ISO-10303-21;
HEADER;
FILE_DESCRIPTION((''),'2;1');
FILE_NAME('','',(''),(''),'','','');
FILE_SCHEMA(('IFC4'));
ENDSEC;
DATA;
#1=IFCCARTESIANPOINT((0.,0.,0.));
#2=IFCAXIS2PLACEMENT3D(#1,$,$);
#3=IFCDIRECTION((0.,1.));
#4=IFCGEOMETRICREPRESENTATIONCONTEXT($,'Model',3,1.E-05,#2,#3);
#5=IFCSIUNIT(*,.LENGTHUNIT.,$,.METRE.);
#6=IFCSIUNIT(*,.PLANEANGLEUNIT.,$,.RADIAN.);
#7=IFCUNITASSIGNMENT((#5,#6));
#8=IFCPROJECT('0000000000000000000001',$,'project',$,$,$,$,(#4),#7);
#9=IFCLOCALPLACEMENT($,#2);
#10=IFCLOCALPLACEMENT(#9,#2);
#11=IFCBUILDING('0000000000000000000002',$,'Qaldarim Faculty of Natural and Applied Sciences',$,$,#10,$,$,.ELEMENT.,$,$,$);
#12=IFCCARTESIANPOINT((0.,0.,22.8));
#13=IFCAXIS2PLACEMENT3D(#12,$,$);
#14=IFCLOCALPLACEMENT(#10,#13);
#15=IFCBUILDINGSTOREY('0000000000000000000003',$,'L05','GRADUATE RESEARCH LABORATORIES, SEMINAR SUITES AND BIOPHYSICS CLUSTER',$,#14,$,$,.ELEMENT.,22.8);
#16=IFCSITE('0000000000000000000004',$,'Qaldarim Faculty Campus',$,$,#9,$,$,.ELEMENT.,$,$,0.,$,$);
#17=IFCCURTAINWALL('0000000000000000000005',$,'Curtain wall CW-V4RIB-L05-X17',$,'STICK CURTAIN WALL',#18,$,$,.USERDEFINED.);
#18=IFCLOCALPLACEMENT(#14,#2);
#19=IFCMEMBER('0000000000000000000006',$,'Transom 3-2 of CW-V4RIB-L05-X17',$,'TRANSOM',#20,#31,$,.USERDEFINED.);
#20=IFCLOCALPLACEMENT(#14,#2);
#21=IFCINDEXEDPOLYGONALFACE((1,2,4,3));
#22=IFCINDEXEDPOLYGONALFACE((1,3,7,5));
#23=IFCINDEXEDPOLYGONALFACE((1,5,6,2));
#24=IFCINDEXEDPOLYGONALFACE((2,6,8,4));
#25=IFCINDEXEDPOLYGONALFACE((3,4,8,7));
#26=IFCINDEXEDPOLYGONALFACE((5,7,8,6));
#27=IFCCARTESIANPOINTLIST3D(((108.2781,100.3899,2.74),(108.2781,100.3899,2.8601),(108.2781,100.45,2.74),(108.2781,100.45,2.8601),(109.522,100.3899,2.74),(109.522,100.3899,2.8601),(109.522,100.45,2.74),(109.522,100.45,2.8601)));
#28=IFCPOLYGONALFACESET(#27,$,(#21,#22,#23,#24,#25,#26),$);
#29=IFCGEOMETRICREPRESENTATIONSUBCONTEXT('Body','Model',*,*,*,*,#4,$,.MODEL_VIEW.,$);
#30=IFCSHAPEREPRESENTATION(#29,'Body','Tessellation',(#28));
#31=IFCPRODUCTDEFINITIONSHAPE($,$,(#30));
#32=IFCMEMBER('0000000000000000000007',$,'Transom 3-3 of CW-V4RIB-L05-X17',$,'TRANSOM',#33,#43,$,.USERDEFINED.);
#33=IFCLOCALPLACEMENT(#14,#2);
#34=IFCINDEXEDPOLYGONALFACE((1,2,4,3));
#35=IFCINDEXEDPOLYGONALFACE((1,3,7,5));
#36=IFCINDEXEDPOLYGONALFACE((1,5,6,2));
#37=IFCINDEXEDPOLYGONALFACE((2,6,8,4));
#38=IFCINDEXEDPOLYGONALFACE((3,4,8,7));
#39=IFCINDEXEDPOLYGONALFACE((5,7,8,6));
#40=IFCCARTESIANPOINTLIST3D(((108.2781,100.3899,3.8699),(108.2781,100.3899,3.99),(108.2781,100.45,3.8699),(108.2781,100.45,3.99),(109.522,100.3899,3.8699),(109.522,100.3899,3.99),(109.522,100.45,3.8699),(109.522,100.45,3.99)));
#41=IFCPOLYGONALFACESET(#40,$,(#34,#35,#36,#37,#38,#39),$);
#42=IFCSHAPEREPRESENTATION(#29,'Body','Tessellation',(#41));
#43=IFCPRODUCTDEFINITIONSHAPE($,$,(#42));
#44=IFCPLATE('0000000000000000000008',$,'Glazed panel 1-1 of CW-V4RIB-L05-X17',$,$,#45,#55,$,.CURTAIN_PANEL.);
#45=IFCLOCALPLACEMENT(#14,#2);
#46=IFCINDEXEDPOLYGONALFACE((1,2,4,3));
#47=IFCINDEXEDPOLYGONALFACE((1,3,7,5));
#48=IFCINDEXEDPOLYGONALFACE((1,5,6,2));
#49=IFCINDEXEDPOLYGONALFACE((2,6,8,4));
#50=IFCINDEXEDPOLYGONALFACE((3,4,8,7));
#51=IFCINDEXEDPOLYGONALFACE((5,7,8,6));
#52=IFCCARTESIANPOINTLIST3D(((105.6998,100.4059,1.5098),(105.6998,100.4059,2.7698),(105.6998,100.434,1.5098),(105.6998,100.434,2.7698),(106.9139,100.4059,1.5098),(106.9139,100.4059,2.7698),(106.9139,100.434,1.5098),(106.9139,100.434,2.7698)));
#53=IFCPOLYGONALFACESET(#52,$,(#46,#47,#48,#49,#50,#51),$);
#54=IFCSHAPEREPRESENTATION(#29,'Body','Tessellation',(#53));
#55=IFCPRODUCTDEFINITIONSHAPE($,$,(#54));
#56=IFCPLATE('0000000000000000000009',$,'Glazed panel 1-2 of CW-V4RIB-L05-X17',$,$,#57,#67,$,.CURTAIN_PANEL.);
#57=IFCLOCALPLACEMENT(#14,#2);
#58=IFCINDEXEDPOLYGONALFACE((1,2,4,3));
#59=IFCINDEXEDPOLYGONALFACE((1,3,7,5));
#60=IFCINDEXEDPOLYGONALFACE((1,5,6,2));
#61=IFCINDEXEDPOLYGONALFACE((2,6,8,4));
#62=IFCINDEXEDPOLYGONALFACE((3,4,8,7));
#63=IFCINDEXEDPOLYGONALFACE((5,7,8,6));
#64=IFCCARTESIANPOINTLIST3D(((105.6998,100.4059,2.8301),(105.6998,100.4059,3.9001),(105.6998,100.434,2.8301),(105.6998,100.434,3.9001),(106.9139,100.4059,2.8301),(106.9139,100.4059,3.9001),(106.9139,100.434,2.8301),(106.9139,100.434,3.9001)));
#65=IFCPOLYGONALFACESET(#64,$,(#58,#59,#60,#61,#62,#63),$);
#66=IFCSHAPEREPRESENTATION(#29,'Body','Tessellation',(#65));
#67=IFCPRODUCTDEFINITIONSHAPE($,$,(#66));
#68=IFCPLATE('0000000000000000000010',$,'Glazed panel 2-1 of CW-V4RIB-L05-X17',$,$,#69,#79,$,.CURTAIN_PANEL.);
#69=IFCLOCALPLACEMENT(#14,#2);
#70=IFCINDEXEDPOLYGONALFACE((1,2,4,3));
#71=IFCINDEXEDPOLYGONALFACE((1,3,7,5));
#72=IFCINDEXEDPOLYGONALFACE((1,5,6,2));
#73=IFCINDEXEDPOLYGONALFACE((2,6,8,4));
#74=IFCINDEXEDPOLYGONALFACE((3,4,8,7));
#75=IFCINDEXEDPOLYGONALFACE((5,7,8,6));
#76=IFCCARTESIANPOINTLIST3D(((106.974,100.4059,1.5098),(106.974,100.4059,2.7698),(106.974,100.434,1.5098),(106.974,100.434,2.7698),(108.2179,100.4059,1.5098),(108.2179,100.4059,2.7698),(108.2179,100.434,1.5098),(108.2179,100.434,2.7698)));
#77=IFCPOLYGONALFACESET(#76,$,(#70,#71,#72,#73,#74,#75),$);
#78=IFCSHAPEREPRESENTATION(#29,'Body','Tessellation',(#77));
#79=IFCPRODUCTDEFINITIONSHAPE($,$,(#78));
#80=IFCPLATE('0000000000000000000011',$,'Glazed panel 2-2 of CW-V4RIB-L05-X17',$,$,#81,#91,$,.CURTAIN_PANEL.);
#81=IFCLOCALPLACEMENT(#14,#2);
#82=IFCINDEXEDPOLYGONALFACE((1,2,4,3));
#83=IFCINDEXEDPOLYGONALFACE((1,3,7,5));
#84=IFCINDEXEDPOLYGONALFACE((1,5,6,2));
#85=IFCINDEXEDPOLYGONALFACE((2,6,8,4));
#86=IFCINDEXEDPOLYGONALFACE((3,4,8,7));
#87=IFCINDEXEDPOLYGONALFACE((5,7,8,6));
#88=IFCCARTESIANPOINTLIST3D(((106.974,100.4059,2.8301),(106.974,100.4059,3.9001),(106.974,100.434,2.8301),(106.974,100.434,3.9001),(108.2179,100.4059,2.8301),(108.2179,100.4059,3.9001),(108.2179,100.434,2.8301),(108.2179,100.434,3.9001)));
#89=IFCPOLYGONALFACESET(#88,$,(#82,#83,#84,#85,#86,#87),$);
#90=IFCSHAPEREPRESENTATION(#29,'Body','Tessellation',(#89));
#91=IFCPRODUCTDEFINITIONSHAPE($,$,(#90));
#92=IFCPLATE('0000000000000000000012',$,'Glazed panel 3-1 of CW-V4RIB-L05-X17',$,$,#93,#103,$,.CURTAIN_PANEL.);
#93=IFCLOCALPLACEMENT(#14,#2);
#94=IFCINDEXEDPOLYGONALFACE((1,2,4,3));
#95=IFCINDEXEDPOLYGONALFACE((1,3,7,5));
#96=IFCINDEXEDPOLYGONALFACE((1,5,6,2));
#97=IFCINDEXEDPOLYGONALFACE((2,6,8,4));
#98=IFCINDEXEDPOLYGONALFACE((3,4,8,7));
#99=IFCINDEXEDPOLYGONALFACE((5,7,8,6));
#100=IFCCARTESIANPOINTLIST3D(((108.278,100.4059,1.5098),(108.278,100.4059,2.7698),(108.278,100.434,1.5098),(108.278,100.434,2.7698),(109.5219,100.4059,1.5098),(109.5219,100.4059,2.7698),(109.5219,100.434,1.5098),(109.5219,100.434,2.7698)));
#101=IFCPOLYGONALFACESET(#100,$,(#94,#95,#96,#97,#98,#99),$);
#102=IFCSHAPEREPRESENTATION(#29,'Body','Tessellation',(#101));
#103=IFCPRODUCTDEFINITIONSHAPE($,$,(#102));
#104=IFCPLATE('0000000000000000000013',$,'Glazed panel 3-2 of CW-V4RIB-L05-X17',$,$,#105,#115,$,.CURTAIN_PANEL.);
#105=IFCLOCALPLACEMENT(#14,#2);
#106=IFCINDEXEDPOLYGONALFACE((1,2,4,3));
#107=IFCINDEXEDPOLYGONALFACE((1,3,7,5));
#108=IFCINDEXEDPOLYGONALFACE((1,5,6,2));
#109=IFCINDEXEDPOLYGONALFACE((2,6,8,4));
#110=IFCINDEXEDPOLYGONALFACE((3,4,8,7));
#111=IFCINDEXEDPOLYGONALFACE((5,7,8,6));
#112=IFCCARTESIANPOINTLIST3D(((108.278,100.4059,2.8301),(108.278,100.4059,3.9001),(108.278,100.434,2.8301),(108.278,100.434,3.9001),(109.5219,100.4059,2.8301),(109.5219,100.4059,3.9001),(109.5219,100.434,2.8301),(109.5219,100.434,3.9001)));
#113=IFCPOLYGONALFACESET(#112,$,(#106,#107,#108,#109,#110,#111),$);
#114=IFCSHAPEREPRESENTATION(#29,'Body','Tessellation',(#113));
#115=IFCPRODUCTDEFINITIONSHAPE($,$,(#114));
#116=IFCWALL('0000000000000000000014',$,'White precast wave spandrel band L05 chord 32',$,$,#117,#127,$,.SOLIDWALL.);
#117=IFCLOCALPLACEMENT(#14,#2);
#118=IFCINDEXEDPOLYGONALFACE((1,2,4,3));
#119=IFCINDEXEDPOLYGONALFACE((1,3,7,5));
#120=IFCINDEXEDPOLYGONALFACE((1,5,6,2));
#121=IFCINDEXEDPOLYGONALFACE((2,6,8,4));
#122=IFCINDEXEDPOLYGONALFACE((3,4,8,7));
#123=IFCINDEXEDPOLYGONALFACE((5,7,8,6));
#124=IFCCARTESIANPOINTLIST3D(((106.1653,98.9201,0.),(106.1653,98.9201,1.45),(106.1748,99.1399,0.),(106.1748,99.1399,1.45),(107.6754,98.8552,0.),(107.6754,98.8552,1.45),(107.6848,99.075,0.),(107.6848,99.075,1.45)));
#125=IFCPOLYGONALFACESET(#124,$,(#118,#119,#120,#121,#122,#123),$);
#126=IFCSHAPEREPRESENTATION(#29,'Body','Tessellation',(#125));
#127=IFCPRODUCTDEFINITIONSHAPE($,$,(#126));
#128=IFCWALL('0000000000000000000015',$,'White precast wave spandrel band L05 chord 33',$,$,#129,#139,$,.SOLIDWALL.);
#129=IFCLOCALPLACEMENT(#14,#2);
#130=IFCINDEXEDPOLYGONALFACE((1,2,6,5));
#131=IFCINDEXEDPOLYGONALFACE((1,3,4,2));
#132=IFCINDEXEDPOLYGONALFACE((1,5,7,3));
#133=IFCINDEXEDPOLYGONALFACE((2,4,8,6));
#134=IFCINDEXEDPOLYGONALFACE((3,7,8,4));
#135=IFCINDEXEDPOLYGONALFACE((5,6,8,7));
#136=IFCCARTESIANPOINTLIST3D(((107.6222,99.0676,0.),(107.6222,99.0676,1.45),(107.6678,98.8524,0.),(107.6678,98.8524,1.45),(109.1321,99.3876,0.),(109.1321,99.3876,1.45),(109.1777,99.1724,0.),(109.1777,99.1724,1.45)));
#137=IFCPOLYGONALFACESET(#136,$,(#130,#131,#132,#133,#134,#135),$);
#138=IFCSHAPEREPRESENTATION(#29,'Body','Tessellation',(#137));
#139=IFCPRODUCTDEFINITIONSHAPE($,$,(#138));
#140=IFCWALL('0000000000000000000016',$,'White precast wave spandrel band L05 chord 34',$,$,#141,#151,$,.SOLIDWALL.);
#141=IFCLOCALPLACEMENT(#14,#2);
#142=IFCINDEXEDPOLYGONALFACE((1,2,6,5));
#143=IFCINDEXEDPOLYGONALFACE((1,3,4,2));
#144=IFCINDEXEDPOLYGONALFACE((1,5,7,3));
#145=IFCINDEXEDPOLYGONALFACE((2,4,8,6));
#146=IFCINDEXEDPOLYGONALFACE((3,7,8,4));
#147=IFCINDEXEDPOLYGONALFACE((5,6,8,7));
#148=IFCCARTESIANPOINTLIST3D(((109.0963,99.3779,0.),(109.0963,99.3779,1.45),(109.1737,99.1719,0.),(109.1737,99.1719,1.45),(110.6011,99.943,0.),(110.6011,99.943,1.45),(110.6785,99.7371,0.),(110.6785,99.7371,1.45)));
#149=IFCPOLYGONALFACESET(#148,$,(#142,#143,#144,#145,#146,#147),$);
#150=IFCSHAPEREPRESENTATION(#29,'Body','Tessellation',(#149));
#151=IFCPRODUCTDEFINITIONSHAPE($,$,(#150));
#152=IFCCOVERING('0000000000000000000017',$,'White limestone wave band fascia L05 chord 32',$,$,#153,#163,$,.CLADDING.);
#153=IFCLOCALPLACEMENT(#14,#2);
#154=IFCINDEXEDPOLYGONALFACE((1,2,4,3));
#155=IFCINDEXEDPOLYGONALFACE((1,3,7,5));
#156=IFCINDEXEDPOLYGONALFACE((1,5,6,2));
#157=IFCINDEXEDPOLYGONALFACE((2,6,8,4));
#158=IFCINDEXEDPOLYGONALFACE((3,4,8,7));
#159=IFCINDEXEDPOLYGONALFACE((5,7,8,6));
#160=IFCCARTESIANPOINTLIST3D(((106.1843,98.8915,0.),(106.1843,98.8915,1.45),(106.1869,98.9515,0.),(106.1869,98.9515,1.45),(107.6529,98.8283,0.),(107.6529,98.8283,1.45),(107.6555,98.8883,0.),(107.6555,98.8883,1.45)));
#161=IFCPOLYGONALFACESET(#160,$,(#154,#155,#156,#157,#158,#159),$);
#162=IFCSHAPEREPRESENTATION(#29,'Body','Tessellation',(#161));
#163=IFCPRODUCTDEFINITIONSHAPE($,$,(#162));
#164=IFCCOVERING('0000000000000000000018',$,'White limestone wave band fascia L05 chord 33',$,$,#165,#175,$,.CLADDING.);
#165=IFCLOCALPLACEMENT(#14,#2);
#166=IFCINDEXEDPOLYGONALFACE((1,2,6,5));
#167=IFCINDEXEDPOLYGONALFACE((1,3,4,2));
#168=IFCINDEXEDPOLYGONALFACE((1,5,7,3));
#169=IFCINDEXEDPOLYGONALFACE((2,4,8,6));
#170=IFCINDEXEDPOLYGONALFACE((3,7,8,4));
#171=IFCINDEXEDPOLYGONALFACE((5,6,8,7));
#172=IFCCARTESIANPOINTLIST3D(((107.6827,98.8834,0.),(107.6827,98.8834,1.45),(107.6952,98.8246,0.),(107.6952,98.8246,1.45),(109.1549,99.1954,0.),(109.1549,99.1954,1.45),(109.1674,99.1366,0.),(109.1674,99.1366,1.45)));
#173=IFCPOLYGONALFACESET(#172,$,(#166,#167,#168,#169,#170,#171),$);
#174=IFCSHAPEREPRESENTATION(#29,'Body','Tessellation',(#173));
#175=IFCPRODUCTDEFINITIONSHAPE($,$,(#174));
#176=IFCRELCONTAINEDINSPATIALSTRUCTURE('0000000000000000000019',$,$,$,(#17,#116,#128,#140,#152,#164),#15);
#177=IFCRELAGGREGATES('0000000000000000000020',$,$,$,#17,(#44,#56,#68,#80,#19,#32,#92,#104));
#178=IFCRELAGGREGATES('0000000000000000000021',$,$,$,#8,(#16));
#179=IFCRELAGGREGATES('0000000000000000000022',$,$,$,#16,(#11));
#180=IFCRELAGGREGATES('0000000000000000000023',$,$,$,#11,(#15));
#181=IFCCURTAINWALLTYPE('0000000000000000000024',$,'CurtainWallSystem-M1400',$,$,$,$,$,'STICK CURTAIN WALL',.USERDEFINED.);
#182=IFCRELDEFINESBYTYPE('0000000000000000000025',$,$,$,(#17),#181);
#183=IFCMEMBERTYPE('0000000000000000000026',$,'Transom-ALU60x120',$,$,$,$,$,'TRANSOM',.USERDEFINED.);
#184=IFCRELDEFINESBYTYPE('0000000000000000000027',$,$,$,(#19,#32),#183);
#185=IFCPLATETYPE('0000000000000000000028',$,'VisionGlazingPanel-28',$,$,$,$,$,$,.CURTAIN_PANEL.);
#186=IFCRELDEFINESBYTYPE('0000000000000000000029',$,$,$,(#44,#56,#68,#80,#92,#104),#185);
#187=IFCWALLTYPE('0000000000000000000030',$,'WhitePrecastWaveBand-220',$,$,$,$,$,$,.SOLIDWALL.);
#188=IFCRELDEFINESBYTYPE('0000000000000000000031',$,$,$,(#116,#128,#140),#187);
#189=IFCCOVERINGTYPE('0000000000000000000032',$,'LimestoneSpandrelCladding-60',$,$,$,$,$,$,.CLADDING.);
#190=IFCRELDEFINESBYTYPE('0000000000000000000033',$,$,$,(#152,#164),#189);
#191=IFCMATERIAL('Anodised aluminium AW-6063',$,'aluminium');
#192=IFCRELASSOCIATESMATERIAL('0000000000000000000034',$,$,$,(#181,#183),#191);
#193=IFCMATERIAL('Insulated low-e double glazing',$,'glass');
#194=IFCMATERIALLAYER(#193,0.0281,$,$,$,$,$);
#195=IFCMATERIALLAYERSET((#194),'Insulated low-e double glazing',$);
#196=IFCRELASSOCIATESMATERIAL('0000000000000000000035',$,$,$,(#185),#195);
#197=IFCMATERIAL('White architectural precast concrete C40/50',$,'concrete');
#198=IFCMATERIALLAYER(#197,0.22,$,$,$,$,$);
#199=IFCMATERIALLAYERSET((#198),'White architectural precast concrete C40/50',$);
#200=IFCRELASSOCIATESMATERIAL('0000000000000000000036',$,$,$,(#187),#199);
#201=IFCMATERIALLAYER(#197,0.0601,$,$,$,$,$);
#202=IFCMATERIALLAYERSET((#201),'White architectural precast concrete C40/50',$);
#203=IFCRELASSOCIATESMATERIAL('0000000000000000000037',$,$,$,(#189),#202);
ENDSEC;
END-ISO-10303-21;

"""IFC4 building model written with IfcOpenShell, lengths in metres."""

from ifc_helpers import new_model, si_unit, direction, frame, frame_2d, origin, origin_2d, place, context, subcontext, project, spatial, rectangle, extrude, material, layer, layer_set, material_profile, profile_set, type_object, element, aggregate, save


model = new_model("IFC4")

# Units and contexts
model_context = context("Model", 3, precision=1e-05, world=origin(), true_north=direction((0.0, 1.0)))
body_context = subcontext(model_context, "Body", "Model", "MODEL_VIEW")
ifc_project = project(units=[si_unit("LENGTHUNIT", "METRE"), si_unit("PLANEANGLEUNIT", "RADIAN")], contexts=[model_context])

# Site, building, storey
site_placement = place(None, origin())
site = spatial("IfcSite", under=ifc_project, at=site_placement, Name="Qaldarim Faculty Campus", CompositionType="ELEMENT", RefElevation=0.0)
building_placement = place(site_placement, origin())
building = spatial("IfcBuilding", under=site, at=building_placement, Name="Qaldarim Faculty of Natural and Applied Sciences", CompositionType="ELEMENT")
storey_placement = place(building_placement, frame((0.0, 0.0, 22.8)))
storey = spatial("IfcBuildingStorey", under=building, at=storey_placement, Name="L05", Description="GRADUATE RESEARCH LABORATORIES, SEMINAR SUITES AND BIOPHYSICS CLUSTER", CompositionType="ELEMENT", Elevation=22.8)

# Curtain wall
ifc_material_1 = material(Name="Anodised aluminium AW-6063", Category="aluminium")
curtain_wall_type = type_object("IfcCurtainWallType", Name="CurtainWallSystem-M1400", ElementType="STICK CURTAIN WALL", PredefinedType="USERDEFINED", material=ifc_material_1)
curtain_wall_placement = place(storey_placement, origin())
curtain_wall = element("IfcCurtainWall", 1, at=curtain_wall_placement, inside=storey, type_object=curtain_wall_type, Name="Curtain wall CW-V4RIB-L05-X17", ObjectType="STICK CURTAIN WALL", PredefinedType="USERDEFINED")

# Members
ifc_material_profile_1 = material_profile(ifc_material_1, rectangle(XDim=0.0601, YDim=0.1201, at=origin_2d()), Name="ALU-T60x120")
ifc_profile_set_1 = profile_set([ifc_material_profile_1], Name="Anodised aluminium AW-6063")
member_type_1 = type_object("IfcMemberType", Name="Transom-ALU60x120", ElementType="TRANSOM", PredefinedType="USERDEFINED", material=ifc_profile_set_1)
member_1_placement = place(storey_placement, frame((108.2781, 100.4199, 2.8), z_axis=(1.0, 0.0, 0.0), x_axis=(0.0, 1.0, 0.0)))
member_1 = element("IfcMember", 2, at=member_1_placement, type_object=member_type_1, Name="Transom 3-2 of CW-V4RIB-L05-X17", ObjectType="TRANSOM", PredefinedType="USERDEFINED", context=body_context, shape_type="SweptSolid", body=[
    extrude(rectangle(XDim=0.0601, YDim=0.1201, at=origin_2d()), origin(), (0.0, 0.0, 1.0), 1.2439),
])
member_2_placement = place(storey_placement, frame((108.2781, 100.4199, 3.9299), z_axis=(1.0, 0.0, 0.0), x_axis=(0.0, 1.0, 0.0)))
member_2 = element("IfcMember", 3, at=member_2_placement, type_object=member_type_1, Name="Transom 3-3 of CW-V4RIB-L05-X17", ObjectType="TRANSOM", PredefinedType="USERDEFINED", context=body_context, shape_type="SweptSolid", body=[
    extrude(rectangle(XDim=0.0601, YDim=0.1201, at=origin_2d()), origin(), (0.0, 0.0, 1.0), 1.2439),
])

# Plates
ifc_material_2 = material(Name="Insulated low-e double glazing", Category="glass")
ifc_layer_1 = layer(ifc_material_2, 0.0281)
ifc_layer_set_1 = layer_set([ifc_layer_1], Name="Insulated low-e double glazing")
plate_type = type_object("IfcPlateType", Name="VisionGlazingPanel-28", PredefinedType="CURTAIN_PANEL", material=ifc_layer_set_1)
plate_1_placement = place(storey_placement, frame((106.3069, 100.4199, 1.5098), z_axis=(0.0, 0.0, 1.0), x_axis=(1.0, 0.0, 0.0)))
plate_1 = element("IfcPlate", 4, at=plate_1_placement, type_object=plate_type, Name="Glazed panel 1-1 of CW-V4RIB-L05-X17", PredefinedType="CURTAIN_PANEL", context=body_context, shape_type="SweptSolid", body=[
    extrude(rectangle(XDim=1.2141, YDim=0.0281, at=origin_2d()), origin(), (0.0, 0.0, 1.0), 1.26),
])
plate_2_placement = place(storey_placement, frame((106.3069, 100.4199, 2.8301), z_axis=(0.0, 0.0, 1.0), x_axis=(1.0, 0.0, 0.0)))
plate_2 = element("IfcPlate", 5, at=plate_2_placement, type_object=plate_type, Name="Glazed panel 1-2 of CW-V4RIB-L05-X17", PredefinedType="CURTAIN_PANEL", context=body_context, shape_type="SweptSolid", body=[
    extrude(rectangle(XDim=1.2141, YDim=0.0281, at=origin_2d()), origin(), (0.0, 0.0, 1.0), 1.0701),
])
plate_3_placement = place(storey_placement, frame((107.5959, 100.4199, 1.5098), z_axis=(0.0, 0.0, 1.0), x_axis=(1.0, 0.0, 0.0)))
plate_3 = element("IfcPlate", 6, at=plate_3_placement, type_object=plate_type, Name="Glazed panel 2-1 of CW-V4RIB-L05-X17", PredefinedType="CURTAIN_PANEL", context=body_context, shape_type="SweptSolid", body=[
    extrude(rectangle(XDim=1.2439, YDim=0.0281, at=origin_2d()), origin(), (0.0, 0.0, 1.0), 1.26),
])
plate_4_placement = place(storey_placement, frame((107.5959, 100.4199, 2.8301), z_axis=(0.0, 0.0, 1.0), x_axis=(1.0, 0.0, 0.0)))
plate_4 = element("IfcPlate", 7, at=plate_4_placement, type_object=plate_type, Name="Glazed panel 2-2 of CW-V4RIB-L05-X17", PredefinedType="CURTAIN_PANEL", context=body_context, shape_type="SweptSolid", body=[
    extrude(rectangle(XDim=1.2439, YDim=0.0281, at=origin_2d()), origin(), (0.0, 0.0, 1.0), 1.0701),
])
plate_5_placement = place(storey_placement, frame((108.8999, 100.4199, 1.5098), z_axis=(0.0, 0.0, 1.0), x_axis=(1.0, 0.0, 0.0)))
plate_5 = element("IfcPlate", 8, at=plate_5_placement, type_object=plate_type, Name="Glazed panel 3-1 of CW-V4RIB-L05-X17", PredefinedType="CURTAIN_PANEL", context=body_context, shape_type="SweptSolid", body=[
    extrude(rectangle(XDim=1.2439, YDim=0.0281, at=origin_2d()), origin(), (0.0, 0.0, 1.0), 1.26),
])
plate_6_placement = place(storey_placement, frame((108.8999, 100.4199, 2.8301), z_axis=(0.0, 0.0, 1.0), x_axis=(1.0, 0.0, 0.0)))
plate_6 = element("IfcPlate", 9, at=plate_6_placement, type_object=plate_type, Name="Glazed panel 3-2 of CW-V4RIB-L05-X17", PredefinedType="CURTAIN_PANEL", context=body_context, shape_type="SweptSolid", body=[
    extrude(rectangle(XDim=1.2439, YDim=0.0281, at=origin_2d()), origin(), (0.0, 0.0, 1.0), 1.0701),
])
aggregate(curtain_wall, [plate_1, plate_2, plate_3, plate_4, member_1, member_2, plate_5, plate_6])

# Walls
ifc_material_3 = material(Name="White architectural precast concrete C40/50", Category="concrete")
ifc_layer_2 = layer(ifc_material_3, 0.22)
ifc_layer_set_2 = layer_set([ifc_layer_2], Name="White architectural precast concrete C40/50")
wall_type = type_object("IfcWallType", Name="WhitePrecastWaveBand-220", PredefinedType="SOLIDWALL", material=ifc_layer_set_2)
wall_1_placement = place(storey_placement, frame((106.1699, 99.03, 0.0), z_axis=(0.0, 0.0, 1.0), x_axis=(0.999076, -0.042968, 0.0)))
element("IfcWall", 10, at=wall_1_placement, inside=storey, type_object=wall_type, Name="White precast wave spandrel band L05 chord 32", PredefinedType="SOLIDWALL", context=body_context, shape_type="SweptSolid", body=[
    extrude(rectangle(XDim=1.5115, YDim=0.22, at=frame_2d((0.7559, 0.0))), origin(), (0.0, 0.0, 1.0), 1.45),
])
wall_2_placement = place(storey_placement, frame((107.645, 98.96, 0.0), z_axis=(0.0, 0.0, 1.0), x_axis=(0.978265, 0.207357, 0.0)))
element("IfcWall", 11, at=wall_2_placement, inside=storey, type_object=wall_type, Name="White precast wave spandrel band L05 chord 33", PredefinedType="SOLIDWALL", context=body_context, shape_type="SweptSolid", body=[
    extrude(rectangle(XDim=1.5435, YDim=0.22, at=frame_2d((0.7717, 0.0))), origin(), (0.0, 0.0, 1.0), 1.45),
])
wall_3_placement = place(storey_placement, frame((109.135, 99.2749, 0.0), z_axis=(0.0, 0.0, 1.0), x_axis=(0.936154, 0.351589, 0.0)))
element("IfcWall", 12, at=wall_3_placement, inside=storey, type_object=wall_type, Name="White precast wave spandrel band L05 chord 34", PredefinedType="SOLIDWALL", context=body_context, shape_type="SweptSolid", body=[
    extrude(rectangle(XDim=1.6074, YDim=0.22, at=frame_2d((0.8037, 0.0))), origin(), (0.0, 0.0, 1.0), 1.45),
])

# Coverings
ifc_layer_3 = layer(ifc_material_3, 0.0601)
ifc_layer_set_3 = layer_set([ifc_layer_3], Name="White architectural precast concrete C40/50")
covering_type = type_object("IfcCoveringType", Name="LimestoneSpandrelCladding-60", PredefinedType="CLADDING", material=ifc_layer_set_3)
covering_1_placement = place(storey_placement, frame((106.9199, 98.8899, 0.0), z_axis=(0.0, 0.0, 1.0), x_axis=(0.999075, -0.043009, 0.0)))
element("IfcCovering", 13, at=covering_1_placement, inside=storey, type_object=covering_type, Name="White limestone wave band fascia L05 chord 32", PredefinedType="CLADDING", context=body_context, shape_type="SweptSolid", body=[
    extrude(rectangle(XDim=1.47, YDim=0.0601, at=origin_2d()), origin(), (0.0, 0.0, 1.0), 1.45),
])
covering_2_placement = place(storey_placement, frame((108.425, 99.01, 0.0), z_axis=(0.0, 0.0, 1.0), x_axis=(0.978274, 0.207314, 0.0)))
element("IfcCovering", 14, at=covering_2_placement, inside=storey, type_object=covering_type, Name="White limestone wave band fascia L05 chord 33", PredefinedType="CLADDING", context=body_context, shape_type="SweptSolid", body=[
    extrude(rectangle(XDim=1.5049, YDim=0.0601, at=origin_2d()), origin(), (0.0, 0.0, 1.0), 1.45),
])

save(model, "model.ifc")
